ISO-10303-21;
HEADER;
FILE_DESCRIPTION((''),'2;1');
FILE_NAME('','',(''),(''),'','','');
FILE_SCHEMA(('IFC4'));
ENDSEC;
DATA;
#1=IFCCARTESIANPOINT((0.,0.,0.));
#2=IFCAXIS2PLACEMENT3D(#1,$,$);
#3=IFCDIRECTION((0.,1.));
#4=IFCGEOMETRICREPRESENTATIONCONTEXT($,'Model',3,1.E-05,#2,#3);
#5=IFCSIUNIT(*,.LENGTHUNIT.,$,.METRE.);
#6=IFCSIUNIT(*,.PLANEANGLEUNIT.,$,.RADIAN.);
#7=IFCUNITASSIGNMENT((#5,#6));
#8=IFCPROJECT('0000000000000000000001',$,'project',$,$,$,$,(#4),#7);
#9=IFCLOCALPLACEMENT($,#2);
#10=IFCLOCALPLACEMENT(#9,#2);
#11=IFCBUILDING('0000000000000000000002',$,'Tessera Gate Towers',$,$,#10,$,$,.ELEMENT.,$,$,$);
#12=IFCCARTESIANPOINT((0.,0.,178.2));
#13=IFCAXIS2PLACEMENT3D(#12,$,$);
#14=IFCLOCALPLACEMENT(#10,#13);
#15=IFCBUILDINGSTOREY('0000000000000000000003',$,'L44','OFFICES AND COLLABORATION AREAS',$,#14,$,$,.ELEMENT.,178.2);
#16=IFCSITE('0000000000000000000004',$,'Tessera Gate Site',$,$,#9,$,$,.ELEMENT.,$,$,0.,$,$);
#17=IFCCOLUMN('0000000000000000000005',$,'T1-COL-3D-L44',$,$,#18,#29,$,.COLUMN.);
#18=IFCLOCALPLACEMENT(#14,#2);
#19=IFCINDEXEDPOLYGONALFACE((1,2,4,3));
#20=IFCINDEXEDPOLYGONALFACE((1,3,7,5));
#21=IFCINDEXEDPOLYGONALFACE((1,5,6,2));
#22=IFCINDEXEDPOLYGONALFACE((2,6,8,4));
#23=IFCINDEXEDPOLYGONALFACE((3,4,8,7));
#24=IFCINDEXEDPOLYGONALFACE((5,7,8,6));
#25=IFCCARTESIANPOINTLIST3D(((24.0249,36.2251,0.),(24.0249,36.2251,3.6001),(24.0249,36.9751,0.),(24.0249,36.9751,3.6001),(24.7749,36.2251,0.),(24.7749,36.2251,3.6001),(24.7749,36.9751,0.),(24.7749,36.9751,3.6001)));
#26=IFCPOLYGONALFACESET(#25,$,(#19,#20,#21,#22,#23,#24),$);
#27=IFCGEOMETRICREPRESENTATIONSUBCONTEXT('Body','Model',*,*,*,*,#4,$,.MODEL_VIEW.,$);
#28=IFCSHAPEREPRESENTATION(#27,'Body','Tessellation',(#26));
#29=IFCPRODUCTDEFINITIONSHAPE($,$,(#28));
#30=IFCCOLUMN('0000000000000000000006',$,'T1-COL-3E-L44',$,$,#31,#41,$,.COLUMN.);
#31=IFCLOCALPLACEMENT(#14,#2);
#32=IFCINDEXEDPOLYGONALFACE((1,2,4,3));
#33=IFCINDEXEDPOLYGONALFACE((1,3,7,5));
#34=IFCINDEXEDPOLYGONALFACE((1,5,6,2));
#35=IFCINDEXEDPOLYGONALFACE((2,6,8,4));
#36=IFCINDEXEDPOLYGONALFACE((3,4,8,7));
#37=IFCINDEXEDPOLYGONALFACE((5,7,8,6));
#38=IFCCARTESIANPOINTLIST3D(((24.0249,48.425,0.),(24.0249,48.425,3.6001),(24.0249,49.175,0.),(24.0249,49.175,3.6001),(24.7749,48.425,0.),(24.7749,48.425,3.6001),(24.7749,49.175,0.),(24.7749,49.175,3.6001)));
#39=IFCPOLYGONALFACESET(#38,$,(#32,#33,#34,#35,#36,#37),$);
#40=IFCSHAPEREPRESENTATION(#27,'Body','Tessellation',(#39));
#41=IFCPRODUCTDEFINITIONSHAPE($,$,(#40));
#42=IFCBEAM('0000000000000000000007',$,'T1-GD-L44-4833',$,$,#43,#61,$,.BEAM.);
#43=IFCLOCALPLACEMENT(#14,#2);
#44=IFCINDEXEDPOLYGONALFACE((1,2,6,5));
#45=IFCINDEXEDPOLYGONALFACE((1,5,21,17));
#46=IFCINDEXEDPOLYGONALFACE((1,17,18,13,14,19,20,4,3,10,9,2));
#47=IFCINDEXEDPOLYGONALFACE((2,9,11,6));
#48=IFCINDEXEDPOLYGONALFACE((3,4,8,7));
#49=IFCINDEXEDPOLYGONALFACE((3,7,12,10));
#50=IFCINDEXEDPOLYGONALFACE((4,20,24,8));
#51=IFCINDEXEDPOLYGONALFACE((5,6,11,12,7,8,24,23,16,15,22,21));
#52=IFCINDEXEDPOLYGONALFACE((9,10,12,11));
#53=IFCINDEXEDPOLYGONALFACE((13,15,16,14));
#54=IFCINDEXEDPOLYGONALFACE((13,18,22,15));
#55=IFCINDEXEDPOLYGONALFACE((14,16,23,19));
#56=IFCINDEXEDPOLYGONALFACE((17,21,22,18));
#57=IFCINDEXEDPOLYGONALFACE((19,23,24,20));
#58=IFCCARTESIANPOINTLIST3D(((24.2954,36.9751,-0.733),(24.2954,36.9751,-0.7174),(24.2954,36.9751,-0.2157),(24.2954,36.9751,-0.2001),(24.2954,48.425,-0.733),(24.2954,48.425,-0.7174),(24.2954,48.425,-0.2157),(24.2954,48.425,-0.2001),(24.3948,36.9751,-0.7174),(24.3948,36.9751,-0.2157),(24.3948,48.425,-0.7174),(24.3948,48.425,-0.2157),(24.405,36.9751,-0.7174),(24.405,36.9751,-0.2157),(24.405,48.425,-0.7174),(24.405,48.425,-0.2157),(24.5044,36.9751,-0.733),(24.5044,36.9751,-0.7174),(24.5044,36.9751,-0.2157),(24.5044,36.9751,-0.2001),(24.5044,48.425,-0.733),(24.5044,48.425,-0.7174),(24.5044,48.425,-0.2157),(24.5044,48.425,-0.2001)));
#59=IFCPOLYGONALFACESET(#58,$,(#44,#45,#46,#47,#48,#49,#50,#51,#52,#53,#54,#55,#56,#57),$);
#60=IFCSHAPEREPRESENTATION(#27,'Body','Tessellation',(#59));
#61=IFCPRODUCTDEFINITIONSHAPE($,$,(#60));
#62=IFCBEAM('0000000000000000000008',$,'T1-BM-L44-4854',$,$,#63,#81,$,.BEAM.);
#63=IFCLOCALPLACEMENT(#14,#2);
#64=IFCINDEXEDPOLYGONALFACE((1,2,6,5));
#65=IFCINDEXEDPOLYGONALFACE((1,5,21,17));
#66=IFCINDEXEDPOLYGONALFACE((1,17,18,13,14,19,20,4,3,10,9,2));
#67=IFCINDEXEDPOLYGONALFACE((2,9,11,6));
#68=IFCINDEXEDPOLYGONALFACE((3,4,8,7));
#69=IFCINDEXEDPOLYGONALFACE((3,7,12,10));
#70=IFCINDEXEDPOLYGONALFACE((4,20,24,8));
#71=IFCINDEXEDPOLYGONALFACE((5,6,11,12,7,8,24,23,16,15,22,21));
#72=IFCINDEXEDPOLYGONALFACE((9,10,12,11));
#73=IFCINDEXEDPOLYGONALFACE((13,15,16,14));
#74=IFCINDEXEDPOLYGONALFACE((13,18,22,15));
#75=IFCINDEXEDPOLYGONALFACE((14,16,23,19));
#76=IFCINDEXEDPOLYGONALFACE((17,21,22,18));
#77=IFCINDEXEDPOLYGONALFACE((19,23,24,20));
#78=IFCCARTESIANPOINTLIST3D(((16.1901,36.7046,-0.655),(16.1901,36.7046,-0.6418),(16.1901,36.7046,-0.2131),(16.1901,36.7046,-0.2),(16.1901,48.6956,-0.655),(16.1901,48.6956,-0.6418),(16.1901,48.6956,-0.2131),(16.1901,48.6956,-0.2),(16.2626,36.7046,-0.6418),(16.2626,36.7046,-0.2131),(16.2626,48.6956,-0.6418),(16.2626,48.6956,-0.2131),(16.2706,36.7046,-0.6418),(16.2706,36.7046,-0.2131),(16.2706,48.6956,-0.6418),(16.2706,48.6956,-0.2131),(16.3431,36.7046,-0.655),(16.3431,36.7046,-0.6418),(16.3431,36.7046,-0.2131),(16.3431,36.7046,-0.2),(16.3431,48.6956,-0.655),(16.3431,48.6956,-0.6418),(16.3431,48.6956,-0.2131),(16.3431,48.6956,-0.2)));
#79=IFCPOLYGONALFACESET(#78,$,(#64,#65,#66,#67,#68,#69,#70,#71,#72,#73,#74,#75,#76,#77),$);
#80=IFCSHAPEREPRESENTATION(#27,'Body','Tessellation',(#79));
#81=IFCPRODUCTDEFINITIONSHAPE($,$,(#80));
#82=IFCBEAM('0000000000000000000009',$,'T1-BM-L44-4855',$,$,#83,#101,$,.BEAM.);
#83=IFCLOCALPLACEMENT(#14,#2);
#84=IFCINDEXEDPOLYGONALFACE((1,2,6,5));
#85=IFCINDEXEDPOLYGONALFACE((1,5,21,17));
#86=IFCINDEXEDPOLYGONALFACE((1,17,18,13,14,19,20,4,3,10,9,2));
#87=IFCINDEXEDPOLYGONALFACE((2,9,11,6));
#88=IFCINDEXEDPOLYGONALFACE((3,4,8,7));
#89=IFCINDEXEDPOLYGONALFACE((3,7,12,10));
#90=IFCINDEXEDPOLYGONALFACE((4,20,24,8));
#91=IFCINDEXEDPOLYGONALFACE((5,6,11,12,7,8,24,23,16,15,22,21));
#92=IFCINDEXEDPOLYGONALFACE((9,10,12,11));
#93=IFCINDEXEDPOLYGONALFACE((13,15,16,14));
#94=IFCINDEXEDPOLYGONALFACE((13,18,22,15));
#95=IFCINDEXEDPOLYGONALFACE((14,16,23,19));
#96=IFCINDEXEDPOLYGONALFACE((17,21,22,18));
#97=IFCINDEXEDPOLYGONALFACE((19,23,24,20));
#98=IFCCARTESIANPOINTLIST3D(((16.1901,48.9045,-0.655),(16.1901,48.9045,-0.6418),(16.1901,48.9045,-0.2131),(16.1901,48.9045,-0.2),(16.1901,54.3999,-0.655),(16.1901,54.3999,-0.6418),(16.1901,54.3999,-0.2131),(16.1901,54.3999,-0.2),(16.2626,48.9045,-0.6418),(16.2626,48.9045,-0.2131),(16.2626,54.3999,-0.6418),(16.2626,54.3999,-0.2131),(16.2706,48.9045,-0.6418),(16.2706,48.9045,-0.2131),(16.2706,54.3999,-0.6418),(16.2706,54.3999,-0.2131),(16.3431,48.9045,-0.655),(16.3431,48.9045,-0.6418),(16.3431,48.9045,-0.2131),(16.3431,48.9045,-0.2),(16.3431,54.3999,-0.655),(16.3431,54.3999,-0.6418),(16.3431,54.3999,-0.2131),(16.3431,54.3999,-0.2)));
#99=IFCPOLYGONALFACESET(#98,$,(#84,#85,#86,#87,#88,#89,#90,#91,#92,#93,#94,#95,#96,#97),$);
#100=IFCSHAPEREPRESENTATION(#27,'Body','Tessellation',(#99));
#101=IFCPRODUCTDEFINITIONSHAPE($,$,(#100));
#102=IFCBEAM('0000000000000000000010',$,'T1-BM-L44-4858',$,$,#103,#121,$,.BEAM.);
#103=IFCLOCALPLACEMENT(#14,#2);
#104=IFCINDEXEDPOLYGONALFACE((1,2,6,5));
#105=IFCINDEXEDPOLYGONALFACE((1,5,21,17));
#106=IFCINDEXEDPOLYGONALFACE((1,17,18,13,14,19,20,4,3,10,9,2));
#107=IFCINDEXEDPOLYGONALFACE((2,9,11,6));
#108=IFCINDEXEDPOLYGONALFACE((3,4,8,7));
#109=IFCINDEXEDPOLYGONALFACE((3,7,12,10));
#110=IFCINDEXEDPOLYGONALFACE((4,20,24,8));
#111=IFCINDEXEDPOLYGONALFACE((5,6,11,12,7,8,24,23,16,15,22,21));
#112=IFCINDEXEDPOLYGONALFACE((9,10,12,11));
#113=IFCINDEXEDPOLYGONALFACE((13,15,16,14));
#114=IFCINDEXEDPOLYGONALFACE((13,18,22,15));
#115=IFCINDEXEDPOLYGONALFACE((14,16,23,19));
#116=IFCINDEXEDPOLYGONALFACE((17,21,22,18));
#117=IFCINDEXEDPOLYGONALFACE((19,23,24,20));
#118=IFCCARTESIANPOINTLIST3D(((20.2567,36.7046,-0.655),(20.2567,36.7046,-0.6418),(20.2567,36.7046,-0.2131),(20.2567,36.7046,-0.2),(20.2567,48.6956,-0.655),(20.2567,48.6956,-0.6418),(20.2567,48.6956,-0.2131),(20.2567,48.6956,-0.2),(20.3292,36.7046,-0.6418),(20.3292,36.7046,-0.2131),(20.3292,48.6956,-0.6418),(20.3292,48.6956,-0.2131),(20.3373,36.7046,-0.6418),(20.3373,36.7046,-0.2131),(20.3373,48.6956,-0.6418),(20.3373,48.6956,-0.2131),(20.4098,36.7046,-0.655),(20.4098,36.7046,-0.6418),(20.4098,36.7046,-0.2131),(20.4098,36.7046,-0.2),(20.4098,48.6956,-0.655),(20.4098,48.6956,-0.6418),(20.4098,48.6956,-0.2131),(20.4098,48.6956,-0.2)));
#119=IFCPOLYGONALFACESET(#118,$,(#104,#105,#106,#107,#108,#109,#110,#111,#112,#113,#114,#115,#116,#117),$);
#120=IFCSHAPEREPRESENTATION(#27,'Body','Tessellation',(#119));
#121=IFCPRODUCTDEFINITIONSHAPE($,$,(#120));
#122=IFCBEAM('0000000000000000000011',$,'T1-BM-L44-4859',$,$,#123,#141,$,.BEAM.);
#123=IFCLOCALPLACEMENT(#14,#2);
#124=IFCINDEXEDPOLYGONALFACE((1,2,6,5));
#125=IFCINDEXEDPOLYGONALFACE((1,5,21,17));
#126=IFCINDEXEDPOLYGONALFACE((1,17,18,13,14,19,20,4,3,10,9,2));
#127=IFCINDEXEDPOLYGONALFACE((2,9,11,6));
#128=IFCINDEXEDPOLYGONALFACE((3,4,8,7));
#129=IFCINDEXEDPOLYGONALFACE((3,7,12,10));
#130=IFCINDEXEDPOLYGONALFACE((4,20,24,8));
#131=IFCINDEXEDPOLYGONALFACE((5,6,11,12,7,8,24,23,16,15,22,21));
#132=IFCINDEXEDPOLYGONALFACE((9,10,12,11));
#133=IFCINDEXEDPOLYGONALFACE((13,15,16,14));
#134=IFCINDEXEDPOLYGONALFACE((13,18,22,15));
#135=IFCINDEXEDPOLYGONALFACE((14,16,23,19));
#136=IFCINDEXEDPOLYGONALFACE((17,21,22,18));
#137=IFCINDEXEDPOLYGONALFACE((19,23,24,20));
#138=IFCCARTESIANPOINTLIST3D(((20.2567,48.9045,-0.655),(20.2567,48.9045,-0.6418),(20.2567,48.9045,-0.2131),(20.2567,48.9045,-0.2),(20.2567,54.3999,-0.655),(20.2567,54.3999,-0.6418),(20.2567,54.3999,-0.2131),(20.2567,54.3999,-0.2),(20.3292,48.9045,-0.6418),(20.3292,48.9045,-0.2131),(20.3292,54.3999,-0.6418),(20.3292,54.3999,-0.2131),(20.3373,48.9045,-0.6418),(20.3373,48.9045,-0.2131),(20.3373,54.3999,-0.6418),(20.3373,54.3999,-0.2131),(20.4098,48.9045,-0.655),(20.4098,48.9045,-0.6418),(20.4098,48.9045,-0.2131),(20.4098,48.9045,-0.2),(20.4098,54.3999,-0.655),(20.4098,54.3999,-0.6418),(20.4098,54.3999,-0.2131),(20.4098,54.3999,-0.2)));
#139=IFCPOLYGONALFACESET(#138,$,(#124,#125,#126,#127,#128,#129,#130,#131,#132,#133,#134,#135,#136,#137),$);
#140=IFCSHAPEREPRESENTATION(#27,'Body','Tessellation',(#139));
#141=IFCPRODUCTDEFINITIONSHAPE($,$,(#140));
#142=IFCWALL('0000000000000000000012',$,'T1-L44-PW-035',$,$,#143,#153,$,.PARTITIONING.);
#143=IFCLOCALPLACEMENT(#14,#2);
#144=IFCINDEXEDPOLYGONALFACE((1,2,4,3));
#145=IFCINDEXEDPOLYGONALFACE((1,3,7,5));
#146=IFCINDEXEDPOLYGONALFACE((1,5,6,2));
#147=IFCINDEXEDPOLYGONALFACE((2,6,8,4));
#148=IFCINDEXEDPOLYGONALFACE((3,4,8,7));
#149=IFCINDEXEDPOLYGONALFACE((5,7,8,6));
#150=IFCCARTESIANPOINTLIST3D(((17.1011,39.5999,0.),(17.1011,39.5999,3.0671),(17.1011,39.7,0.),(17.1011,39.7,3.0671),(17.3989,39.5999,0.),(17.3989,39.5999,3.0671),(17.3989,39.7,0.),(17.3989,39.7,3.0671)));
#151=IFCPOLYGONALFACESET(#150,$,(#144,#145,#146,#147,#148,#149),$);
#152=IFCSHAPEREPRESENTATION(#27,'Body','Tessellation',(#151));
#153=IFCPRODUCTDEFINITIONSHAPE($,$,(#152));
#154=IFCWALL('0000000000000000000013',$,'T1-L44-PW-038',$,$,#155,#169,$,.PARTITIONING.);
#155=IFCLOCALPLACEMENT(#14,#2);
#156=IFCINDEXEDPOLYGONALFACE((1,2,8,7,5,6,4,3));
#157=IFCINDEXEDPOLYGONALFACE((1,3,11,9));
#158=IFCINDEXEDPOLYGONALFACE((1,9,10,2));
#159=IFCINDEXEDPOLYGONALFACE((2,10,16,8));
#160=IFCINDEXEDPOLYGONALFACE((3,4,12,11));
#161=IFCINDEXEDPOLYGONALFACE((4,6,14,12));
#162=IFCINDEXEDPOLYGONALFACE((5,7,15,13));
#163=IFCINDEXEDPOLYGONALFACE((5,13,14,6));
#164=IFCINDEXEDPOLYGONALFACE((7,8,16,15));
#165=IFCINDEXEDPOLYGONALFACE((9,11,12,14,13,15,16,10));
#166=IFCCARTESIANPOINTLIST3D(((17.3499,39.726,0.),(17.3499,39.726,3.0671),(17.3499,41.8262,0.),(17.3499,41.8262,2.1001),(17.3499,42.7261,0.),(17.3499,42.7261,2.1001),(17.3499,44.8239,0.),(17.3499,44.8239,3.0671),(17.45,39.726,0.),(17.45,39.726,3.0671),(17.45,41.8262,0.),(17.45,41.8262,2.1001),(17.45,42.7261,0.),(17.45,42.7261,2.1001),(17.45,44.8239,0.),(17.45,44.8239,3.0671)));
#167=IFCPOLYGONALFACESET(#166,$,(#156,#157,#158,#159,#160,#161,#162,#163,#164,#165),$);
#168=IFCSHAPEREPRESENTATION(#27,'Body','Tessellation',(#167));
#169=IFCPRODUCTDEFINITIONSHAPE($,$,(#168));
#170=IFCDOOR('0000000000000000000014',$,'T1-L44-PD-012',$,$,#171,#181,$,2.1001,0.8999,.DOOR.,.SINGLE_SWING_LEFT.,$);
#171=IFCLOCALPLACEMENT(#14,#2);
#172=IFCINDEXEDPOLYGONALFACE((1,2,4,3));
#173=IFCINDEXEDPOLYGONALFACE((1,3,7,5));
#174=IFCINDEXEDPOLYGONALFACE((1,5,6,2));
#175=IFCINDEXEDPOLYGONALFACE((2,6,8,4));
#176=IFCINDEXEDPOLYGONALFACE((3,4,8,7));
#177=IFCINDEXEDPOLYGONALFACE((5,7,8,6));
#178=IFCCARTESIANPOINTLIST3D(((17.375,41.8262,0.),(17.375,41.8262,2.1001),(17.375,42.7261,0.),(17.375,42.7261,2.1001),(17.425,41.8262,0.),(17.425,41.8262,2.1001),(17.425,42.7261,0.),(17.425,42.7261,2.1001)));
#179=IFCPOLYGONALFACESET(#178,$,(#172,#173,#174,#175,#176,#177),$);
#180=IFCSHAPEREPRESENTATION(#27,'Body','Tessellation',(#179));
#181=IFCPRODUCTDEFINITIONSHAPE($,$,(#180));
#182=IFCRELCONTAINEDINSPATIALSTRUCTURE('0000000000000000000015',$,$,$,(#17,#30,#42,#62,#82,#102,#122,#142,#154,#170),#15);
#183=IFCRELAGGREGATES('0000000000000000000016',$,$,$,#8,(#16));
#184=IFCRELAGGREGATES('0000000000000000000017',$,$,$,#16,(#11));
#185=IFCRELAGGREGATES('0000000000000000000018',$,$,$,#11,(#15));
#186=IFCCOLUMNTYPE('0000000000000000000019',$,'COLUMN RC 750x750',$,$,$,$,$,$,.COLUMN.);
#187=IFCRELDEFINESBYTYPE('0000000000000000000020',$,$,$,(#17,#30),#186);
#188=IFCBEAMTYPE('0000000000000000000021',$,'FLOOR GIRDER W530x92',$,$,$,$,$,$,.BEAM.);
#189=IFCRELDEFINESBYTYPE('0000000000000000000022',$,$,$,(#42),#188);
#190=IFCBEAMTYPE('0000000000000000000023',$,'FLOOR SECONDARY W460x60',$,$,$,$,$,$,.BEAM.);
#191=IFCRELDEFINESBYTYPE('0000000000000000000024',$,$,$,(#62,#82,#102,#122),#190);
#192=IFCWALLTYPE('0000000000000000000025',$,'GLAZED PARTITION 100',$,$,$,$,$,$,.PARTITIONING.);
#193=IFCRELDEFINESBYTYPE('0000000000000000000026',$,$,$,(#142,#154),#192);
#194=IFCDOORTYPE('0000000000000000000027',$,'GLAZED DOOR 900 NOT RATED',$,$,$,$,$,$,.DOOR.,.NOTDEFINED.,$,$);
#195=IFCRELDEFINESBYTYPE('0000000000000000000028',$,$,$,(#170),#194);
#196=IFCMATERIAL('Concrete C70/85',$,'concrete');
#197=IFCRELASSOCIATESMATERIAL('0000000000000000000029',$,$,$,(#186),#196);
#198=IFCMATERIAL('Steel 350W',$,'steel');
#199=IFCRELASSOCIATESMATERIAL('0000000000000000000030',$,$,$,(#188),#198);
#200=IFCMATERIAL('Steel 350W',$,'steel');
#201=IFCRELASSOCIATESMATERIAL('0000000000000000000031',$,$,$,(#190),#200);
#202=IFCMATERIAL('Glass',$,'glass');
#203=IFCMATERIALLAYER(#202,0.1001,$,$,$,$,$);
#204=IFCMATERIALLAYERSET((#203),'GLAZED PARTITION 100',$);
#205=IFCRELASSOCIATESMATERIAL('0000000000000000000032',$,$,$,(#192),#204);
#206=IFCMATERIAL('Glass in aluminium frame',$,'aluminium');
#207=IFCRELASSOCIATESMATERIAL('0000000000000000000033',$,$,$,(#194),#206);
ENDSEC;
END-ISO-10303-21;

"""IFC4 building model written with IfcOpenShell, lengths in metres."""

from ifc_helpers import new_model, si_unit, direction, frame, frame_2d, origin, origin_2d, place, context, subcontext, project, spatial, rectangle, i_section, extrude, source, transform, mapped, material, layer, layer_set, material_profile, profile_set, type_object, element, fill, save


model = new_model("IFC4")

# Units and contexts
model_context = context("Model", 3, precision=1e-05, world=origin(), true_north=direction((0.0, 1.0)))
body_context = subcontext(model_context, "Body", "Model", "MODEL_VIEW")
ifc_project = project(units=[si_unit("LENGTHUNIT", "METRE"), si_unit("PLANEANGLEUNIT", "RADIAN")], contexts=[model_context])

# Site, building, storey
site_placement = place(None, origin())
site = spatial("IfcSite", under=ifc_project, at=site_placement, Name="Tessera Gate Site", CompositionType="ELEMENT", RefElevation=0.0)
building_placement = place(site_placement, origin())
building = spatial("IfcBuilding", under=site, at=building_placement, Name="Tessera Gate Towers", CompositionType="ELEMENT")
storey_placement = place(building_placement, frame((0.0, 0.0, 178.2)))
storey = spatial("IfcBuildingStorey", under=building, at=storey_placement, Name="L44", Description="OFFICES AND COLLABORATION AREAS", CompositionType="ELEMENT", Elevation=178.2)

# Columns
ifc_material_1 = material(Name="Concrete C70/85", Category="concrete")
ifc_material_profile_1 = material_profile(ifc_material_1, rectangle(XDim=0.75, YDim=0.75, at=origin_2d()), Name="RC 750x750")
ifc_profile_set_1 = profile_set([ifc_material_profile_1], Name="Concrete C70/85")
column_type = type_object("IfcColumnType", Name="COLUMN RC 750x750", PredefinedType="COLUMN", material=ifc_profile_set_1)
for number, where, z_axis, x_axis, name in (
    (1, (24.3999, 36.6001, 0.0), (0.0, 0.0, 1.0), (1.0, 0.0, 0.0), "T1-COL-3D-L44"),
    (2, (24.3999, 48.8, 0.0), (0.0, 0.0, 1.0), (1.0, 0.0, 0.0), "T1-COL-3E-L44"),
):
    element("IfcColumn", number, at=place(storey_placement, frame(where, z_axis=z_axis, x_axis=x_axis)), inside=storey, type_object=column_type, Name=name, PredefinedType="COLUMN", context=body_context, shape_type="SweptSolid", body=[
        extrude(rectangle(XDim=0.75, YDim=0.75, at=origin_2d()), origin(), (0.0, 0.0, 1.0), 3.6001),
    ])

# Beams
ifc_material_2 = material(Name="Steel 350W", Category="steel")
ifc_material_profile_2 = material_profile(ifc_material_2, i_section(OverallWidth=0.209, OverallDepth=0.533, WebThickness=0.0103, FlangeThickness=0.0156, at=origin_2d()), Name="W530x92")
ifc_profile_set_2 = profile_set([ifc_material_profile_2], Name="Steel 350W")
beam_type_1 = type_object("IfcBeamType", Name="FLOOR GIRDER W530x92", PredefinedType="BEAM", material=ifc_profile_set_2)
beam_1_placement = place(storey_placement, frame((24.3999, 36.9751, -0.4666), z_axis=(0.0, 1.0, 0.0), x_axis=(-1.0, 0.0, 0.0)))
element("IfcBeam", 3, at=beam_1_placement, inside=storey, type_object=beam_type_1, Name="T1-GD-L44-4833", PredefinedType="BEAM", context=body_context, shape_type="SweptSolid", body=[
    extrude(i_section(OverallWidth=0.209, OverallDepth=0.533, WebThickness=0.0103, FlangeThickness=0.0156, at=origin_2d()), origin(), (0.0, 0.0, 1.0), 11.45),
])
ifc_material_3 = material(Name="Steel 350W", Category="steel")
ifc_material_profile_3 = material_profile(ifc_material_3, i_section(OverallWidth=0.1531, OverallDepth=0.4551, WebThickness=0.0081, FlangeThickness=0.0132, at=origin_2d()), Name="W460x60")
ifc_profile_set_3 = profile_set([ifc_material_profile_3], Name="Steel 350W")
beam_type_2 = type_object("IfcBeamType", Name="FLOOR SECONDARY W460x60", PredefinedType="BEAM", material=ifc_profile_set_3)
beam_2_placement = place(storey_placement, frame((16.2666, 36.7046, -0.4275), z_axis=(0.0, 1.0, 0.0), x_axis=(-1.0, 0.0, 0.0)))
element("IfcBeam", 4, at=beam_2_placement, inside=storey, type_object=beam_type_2, Name="T1-BM-L44-4854", PredefinedType="BEAM", context=body_context, shape_type="SweptSolid", body=[
    extrude(i_section(OverallWidth=0.1531, OverallDepth=0.4551, WebThickness=0.0081, FlangeThickness=0.0132, at=origin_2d()), origin(), (0.0, 0.0, 1.0), 11.991),
])
beam_3_placement = place(storey_placement, frame((16.2666, 48.9045, -0.4275), z_axis=(0.0, 1.0, 0.0), x_axis=(-1.0, 0.0, 0.0)))
element("IfcBeam", 5, at=beam_3_placement, inside=storey, type_object=beam_type_2, Name="T1-BM-L44-4855", PredefinedType="BEAM", context=body_context, shape_type="SweptSolid", body=[
    extrude(i_section(OverallWidth=0.1531, OverallDepth=0.4551, WebThickness=0.0081, FlangeThickness=0.0132, at=origin_2d()), origin(), (0.0, 0.0, 1.0), 5.4954),
])
beam_4_placement = place(storey_placement, frame((20.3333, 36.7046, -0.4275), z_axis=(0.0, 1.0, 0.0), x_axis=(-1.0, 0.0, 0.0)))
element("IfcBeam", 6, at=beam_4_placement, inside=storey, type_object=beam_type_2, Name="T1-BM-L44-4858", PredefinedType="BEAM", context=body_context, shape_type="SweptSolid", body=[
    extrude(i_section(OverallWidth=0.1531, OverallDepth=0.4551, WebThickness=0.0081, FlangeThickness=0.0132, at=origin_2d()), origin(), (0.0, 0.0, 1.0), 11.991),
])
beam_5_placement = place(storey_placement, frame((20.3333, 48.9045, -0.4275), z_axis=(0.0, 1.0, 0.0), x_axis=(-1.0, 0.0, 0.0)))
element("IfcBeam", 7, at=beam_5_placement, inside=storey, type_object=beam_type_2, Name="T1-BM-L44-4859", PredefinedType="BEAM", context=body_context, shape_type="SweptSolid", body=[
    extrude(i_section(OverallWidth=0.1531, OverallDepth=0.4551, WebThickness=0.0081, FlangeThickness=0.0132, at=origin_2d()), origin(), (0.0, 0.0, 1.0), 5.4954),
])

# Wall
ifc_material_4 = material(Name="Glass", Category="glass")
ifc_layer_1 = layer(ifc_material_4, 0.1001)
ifc_layer_set_1 = layer_set([ifc_layer_1], Name="GLAZED PARTITION 100")
wall_type_1 = type_object("IfcWallType", Name="GLAZED PARTITION 100", PredefinedType="PARTITIONING", material=ifc_layer_set_1)
wall_1_placement = place(storey_placement, frame((17.1011, 39.6499, 0.0), z_axis=(0.0, 0.0, 1.0), x_axis=(1.0, 0.0, 0.0)))
element("IfcWall", 8, at=wall_1_placement, inside=storey, type_object=wall_type_1, Name="T1-L44-PW-035", PredefinedType="PARTITIONING", context=body_context, shape_type="SweptSolid", body=[
    extrude(rectangle(XDim=0.2979, YDim=0.1001, at=frame_2d((0.1489, 0.0))), origin(), (0.0, 0.0, 1.0), 3.0671),
])

# Wall, opening, door
wall_2_placement = place(storey_placement, frame((17.3999, 39.7261, 0.0), z_axis=(0.0, 0.0, 1.0), x_axis=(0.0, 1.0, 0.0)))
wall_2 = element("IfcWall", 9, at=wall_2_placement, inside=storey, type_object=wall_type_1, Name="T1-L44-PW-038", PredefinedType="PARTITIONING", context=body_context, shape_type="SweptSolid", body=[
    extrude(rectangle(XDim=5.0979, YDim=0.1001, at=frame_2d((2.5488, 0.0))), origin(), (0.0, 0.0, 1.0), 3.0671),
])
shared_shape_1 = source(origin(), body_context, "Body", "SweptSolid", [
    extrude(rectangle(XDim=0.8999, YDim=2.1001, at=frame_2d((0.45, 1.05))), frame((0.0, 0.0601, 0.0), z_axis=(0.0, -1.0, 0.0), x_axis=(1.0, 0.0, 0.0)), (0.0, 0.0, 1.0), 0.1201),
])
opening_1_placement = place(wall_2_placement, frame((2.1001, 0.0, 0.0)))
opening_1 = element("IfcOpeningElement", 10, at=opening_1_placement, cuts=wall_2, PredefinedType="OPENING", context=body_context, shape_type="MappedRepresentation", body=[
    mapped(shared_shape_1, transform((0.0, 0.0, 0.0), scale=1.0)),
])
ifc_material_5 = material(Name="Glass in aluminium frame", Category="aluminium")
door_type = type_object("IfcDoorType", Name="GLAZED DOOR 900 NOT RATED", OperationType="NOTDEFINED", PredefinedType="DOOR", material=ifc_material_5)
shared_shape_2 = source(origin(), body_context, "Body", "SweptSolid", [
    extrude(rectangle(XDim=0.8999, YDim=2.1001, at=frame_2d((0.45, 1.05))), frame((0.0, 0.0249, 0.0), z_axis=(0.0, -1.0, 0.0), x_axis=(1.0, 0.0, 0.0)), (0.0, 0.0, 1.0), 0.05),
])
door_placement = place(opening_1_placement, origin())
door = element("IfcDoor", 11, at=door_placement, inside=storey, type_object=door_type, Name="T1-L44-PD-012", OperationType="SINGLE_SWING_LEFT", OverallHeight=2.1001, OverallWidth=0.8999, PredefinedType="DOOR", context=body_context, shape_type="MappedRepresentation", body=[
    mapped(shared_shape_2, transform((0.0, 0.0, 0.0), scale=1.0)),
])
fill(opening_1, door)

save(model, "model.ifc")
